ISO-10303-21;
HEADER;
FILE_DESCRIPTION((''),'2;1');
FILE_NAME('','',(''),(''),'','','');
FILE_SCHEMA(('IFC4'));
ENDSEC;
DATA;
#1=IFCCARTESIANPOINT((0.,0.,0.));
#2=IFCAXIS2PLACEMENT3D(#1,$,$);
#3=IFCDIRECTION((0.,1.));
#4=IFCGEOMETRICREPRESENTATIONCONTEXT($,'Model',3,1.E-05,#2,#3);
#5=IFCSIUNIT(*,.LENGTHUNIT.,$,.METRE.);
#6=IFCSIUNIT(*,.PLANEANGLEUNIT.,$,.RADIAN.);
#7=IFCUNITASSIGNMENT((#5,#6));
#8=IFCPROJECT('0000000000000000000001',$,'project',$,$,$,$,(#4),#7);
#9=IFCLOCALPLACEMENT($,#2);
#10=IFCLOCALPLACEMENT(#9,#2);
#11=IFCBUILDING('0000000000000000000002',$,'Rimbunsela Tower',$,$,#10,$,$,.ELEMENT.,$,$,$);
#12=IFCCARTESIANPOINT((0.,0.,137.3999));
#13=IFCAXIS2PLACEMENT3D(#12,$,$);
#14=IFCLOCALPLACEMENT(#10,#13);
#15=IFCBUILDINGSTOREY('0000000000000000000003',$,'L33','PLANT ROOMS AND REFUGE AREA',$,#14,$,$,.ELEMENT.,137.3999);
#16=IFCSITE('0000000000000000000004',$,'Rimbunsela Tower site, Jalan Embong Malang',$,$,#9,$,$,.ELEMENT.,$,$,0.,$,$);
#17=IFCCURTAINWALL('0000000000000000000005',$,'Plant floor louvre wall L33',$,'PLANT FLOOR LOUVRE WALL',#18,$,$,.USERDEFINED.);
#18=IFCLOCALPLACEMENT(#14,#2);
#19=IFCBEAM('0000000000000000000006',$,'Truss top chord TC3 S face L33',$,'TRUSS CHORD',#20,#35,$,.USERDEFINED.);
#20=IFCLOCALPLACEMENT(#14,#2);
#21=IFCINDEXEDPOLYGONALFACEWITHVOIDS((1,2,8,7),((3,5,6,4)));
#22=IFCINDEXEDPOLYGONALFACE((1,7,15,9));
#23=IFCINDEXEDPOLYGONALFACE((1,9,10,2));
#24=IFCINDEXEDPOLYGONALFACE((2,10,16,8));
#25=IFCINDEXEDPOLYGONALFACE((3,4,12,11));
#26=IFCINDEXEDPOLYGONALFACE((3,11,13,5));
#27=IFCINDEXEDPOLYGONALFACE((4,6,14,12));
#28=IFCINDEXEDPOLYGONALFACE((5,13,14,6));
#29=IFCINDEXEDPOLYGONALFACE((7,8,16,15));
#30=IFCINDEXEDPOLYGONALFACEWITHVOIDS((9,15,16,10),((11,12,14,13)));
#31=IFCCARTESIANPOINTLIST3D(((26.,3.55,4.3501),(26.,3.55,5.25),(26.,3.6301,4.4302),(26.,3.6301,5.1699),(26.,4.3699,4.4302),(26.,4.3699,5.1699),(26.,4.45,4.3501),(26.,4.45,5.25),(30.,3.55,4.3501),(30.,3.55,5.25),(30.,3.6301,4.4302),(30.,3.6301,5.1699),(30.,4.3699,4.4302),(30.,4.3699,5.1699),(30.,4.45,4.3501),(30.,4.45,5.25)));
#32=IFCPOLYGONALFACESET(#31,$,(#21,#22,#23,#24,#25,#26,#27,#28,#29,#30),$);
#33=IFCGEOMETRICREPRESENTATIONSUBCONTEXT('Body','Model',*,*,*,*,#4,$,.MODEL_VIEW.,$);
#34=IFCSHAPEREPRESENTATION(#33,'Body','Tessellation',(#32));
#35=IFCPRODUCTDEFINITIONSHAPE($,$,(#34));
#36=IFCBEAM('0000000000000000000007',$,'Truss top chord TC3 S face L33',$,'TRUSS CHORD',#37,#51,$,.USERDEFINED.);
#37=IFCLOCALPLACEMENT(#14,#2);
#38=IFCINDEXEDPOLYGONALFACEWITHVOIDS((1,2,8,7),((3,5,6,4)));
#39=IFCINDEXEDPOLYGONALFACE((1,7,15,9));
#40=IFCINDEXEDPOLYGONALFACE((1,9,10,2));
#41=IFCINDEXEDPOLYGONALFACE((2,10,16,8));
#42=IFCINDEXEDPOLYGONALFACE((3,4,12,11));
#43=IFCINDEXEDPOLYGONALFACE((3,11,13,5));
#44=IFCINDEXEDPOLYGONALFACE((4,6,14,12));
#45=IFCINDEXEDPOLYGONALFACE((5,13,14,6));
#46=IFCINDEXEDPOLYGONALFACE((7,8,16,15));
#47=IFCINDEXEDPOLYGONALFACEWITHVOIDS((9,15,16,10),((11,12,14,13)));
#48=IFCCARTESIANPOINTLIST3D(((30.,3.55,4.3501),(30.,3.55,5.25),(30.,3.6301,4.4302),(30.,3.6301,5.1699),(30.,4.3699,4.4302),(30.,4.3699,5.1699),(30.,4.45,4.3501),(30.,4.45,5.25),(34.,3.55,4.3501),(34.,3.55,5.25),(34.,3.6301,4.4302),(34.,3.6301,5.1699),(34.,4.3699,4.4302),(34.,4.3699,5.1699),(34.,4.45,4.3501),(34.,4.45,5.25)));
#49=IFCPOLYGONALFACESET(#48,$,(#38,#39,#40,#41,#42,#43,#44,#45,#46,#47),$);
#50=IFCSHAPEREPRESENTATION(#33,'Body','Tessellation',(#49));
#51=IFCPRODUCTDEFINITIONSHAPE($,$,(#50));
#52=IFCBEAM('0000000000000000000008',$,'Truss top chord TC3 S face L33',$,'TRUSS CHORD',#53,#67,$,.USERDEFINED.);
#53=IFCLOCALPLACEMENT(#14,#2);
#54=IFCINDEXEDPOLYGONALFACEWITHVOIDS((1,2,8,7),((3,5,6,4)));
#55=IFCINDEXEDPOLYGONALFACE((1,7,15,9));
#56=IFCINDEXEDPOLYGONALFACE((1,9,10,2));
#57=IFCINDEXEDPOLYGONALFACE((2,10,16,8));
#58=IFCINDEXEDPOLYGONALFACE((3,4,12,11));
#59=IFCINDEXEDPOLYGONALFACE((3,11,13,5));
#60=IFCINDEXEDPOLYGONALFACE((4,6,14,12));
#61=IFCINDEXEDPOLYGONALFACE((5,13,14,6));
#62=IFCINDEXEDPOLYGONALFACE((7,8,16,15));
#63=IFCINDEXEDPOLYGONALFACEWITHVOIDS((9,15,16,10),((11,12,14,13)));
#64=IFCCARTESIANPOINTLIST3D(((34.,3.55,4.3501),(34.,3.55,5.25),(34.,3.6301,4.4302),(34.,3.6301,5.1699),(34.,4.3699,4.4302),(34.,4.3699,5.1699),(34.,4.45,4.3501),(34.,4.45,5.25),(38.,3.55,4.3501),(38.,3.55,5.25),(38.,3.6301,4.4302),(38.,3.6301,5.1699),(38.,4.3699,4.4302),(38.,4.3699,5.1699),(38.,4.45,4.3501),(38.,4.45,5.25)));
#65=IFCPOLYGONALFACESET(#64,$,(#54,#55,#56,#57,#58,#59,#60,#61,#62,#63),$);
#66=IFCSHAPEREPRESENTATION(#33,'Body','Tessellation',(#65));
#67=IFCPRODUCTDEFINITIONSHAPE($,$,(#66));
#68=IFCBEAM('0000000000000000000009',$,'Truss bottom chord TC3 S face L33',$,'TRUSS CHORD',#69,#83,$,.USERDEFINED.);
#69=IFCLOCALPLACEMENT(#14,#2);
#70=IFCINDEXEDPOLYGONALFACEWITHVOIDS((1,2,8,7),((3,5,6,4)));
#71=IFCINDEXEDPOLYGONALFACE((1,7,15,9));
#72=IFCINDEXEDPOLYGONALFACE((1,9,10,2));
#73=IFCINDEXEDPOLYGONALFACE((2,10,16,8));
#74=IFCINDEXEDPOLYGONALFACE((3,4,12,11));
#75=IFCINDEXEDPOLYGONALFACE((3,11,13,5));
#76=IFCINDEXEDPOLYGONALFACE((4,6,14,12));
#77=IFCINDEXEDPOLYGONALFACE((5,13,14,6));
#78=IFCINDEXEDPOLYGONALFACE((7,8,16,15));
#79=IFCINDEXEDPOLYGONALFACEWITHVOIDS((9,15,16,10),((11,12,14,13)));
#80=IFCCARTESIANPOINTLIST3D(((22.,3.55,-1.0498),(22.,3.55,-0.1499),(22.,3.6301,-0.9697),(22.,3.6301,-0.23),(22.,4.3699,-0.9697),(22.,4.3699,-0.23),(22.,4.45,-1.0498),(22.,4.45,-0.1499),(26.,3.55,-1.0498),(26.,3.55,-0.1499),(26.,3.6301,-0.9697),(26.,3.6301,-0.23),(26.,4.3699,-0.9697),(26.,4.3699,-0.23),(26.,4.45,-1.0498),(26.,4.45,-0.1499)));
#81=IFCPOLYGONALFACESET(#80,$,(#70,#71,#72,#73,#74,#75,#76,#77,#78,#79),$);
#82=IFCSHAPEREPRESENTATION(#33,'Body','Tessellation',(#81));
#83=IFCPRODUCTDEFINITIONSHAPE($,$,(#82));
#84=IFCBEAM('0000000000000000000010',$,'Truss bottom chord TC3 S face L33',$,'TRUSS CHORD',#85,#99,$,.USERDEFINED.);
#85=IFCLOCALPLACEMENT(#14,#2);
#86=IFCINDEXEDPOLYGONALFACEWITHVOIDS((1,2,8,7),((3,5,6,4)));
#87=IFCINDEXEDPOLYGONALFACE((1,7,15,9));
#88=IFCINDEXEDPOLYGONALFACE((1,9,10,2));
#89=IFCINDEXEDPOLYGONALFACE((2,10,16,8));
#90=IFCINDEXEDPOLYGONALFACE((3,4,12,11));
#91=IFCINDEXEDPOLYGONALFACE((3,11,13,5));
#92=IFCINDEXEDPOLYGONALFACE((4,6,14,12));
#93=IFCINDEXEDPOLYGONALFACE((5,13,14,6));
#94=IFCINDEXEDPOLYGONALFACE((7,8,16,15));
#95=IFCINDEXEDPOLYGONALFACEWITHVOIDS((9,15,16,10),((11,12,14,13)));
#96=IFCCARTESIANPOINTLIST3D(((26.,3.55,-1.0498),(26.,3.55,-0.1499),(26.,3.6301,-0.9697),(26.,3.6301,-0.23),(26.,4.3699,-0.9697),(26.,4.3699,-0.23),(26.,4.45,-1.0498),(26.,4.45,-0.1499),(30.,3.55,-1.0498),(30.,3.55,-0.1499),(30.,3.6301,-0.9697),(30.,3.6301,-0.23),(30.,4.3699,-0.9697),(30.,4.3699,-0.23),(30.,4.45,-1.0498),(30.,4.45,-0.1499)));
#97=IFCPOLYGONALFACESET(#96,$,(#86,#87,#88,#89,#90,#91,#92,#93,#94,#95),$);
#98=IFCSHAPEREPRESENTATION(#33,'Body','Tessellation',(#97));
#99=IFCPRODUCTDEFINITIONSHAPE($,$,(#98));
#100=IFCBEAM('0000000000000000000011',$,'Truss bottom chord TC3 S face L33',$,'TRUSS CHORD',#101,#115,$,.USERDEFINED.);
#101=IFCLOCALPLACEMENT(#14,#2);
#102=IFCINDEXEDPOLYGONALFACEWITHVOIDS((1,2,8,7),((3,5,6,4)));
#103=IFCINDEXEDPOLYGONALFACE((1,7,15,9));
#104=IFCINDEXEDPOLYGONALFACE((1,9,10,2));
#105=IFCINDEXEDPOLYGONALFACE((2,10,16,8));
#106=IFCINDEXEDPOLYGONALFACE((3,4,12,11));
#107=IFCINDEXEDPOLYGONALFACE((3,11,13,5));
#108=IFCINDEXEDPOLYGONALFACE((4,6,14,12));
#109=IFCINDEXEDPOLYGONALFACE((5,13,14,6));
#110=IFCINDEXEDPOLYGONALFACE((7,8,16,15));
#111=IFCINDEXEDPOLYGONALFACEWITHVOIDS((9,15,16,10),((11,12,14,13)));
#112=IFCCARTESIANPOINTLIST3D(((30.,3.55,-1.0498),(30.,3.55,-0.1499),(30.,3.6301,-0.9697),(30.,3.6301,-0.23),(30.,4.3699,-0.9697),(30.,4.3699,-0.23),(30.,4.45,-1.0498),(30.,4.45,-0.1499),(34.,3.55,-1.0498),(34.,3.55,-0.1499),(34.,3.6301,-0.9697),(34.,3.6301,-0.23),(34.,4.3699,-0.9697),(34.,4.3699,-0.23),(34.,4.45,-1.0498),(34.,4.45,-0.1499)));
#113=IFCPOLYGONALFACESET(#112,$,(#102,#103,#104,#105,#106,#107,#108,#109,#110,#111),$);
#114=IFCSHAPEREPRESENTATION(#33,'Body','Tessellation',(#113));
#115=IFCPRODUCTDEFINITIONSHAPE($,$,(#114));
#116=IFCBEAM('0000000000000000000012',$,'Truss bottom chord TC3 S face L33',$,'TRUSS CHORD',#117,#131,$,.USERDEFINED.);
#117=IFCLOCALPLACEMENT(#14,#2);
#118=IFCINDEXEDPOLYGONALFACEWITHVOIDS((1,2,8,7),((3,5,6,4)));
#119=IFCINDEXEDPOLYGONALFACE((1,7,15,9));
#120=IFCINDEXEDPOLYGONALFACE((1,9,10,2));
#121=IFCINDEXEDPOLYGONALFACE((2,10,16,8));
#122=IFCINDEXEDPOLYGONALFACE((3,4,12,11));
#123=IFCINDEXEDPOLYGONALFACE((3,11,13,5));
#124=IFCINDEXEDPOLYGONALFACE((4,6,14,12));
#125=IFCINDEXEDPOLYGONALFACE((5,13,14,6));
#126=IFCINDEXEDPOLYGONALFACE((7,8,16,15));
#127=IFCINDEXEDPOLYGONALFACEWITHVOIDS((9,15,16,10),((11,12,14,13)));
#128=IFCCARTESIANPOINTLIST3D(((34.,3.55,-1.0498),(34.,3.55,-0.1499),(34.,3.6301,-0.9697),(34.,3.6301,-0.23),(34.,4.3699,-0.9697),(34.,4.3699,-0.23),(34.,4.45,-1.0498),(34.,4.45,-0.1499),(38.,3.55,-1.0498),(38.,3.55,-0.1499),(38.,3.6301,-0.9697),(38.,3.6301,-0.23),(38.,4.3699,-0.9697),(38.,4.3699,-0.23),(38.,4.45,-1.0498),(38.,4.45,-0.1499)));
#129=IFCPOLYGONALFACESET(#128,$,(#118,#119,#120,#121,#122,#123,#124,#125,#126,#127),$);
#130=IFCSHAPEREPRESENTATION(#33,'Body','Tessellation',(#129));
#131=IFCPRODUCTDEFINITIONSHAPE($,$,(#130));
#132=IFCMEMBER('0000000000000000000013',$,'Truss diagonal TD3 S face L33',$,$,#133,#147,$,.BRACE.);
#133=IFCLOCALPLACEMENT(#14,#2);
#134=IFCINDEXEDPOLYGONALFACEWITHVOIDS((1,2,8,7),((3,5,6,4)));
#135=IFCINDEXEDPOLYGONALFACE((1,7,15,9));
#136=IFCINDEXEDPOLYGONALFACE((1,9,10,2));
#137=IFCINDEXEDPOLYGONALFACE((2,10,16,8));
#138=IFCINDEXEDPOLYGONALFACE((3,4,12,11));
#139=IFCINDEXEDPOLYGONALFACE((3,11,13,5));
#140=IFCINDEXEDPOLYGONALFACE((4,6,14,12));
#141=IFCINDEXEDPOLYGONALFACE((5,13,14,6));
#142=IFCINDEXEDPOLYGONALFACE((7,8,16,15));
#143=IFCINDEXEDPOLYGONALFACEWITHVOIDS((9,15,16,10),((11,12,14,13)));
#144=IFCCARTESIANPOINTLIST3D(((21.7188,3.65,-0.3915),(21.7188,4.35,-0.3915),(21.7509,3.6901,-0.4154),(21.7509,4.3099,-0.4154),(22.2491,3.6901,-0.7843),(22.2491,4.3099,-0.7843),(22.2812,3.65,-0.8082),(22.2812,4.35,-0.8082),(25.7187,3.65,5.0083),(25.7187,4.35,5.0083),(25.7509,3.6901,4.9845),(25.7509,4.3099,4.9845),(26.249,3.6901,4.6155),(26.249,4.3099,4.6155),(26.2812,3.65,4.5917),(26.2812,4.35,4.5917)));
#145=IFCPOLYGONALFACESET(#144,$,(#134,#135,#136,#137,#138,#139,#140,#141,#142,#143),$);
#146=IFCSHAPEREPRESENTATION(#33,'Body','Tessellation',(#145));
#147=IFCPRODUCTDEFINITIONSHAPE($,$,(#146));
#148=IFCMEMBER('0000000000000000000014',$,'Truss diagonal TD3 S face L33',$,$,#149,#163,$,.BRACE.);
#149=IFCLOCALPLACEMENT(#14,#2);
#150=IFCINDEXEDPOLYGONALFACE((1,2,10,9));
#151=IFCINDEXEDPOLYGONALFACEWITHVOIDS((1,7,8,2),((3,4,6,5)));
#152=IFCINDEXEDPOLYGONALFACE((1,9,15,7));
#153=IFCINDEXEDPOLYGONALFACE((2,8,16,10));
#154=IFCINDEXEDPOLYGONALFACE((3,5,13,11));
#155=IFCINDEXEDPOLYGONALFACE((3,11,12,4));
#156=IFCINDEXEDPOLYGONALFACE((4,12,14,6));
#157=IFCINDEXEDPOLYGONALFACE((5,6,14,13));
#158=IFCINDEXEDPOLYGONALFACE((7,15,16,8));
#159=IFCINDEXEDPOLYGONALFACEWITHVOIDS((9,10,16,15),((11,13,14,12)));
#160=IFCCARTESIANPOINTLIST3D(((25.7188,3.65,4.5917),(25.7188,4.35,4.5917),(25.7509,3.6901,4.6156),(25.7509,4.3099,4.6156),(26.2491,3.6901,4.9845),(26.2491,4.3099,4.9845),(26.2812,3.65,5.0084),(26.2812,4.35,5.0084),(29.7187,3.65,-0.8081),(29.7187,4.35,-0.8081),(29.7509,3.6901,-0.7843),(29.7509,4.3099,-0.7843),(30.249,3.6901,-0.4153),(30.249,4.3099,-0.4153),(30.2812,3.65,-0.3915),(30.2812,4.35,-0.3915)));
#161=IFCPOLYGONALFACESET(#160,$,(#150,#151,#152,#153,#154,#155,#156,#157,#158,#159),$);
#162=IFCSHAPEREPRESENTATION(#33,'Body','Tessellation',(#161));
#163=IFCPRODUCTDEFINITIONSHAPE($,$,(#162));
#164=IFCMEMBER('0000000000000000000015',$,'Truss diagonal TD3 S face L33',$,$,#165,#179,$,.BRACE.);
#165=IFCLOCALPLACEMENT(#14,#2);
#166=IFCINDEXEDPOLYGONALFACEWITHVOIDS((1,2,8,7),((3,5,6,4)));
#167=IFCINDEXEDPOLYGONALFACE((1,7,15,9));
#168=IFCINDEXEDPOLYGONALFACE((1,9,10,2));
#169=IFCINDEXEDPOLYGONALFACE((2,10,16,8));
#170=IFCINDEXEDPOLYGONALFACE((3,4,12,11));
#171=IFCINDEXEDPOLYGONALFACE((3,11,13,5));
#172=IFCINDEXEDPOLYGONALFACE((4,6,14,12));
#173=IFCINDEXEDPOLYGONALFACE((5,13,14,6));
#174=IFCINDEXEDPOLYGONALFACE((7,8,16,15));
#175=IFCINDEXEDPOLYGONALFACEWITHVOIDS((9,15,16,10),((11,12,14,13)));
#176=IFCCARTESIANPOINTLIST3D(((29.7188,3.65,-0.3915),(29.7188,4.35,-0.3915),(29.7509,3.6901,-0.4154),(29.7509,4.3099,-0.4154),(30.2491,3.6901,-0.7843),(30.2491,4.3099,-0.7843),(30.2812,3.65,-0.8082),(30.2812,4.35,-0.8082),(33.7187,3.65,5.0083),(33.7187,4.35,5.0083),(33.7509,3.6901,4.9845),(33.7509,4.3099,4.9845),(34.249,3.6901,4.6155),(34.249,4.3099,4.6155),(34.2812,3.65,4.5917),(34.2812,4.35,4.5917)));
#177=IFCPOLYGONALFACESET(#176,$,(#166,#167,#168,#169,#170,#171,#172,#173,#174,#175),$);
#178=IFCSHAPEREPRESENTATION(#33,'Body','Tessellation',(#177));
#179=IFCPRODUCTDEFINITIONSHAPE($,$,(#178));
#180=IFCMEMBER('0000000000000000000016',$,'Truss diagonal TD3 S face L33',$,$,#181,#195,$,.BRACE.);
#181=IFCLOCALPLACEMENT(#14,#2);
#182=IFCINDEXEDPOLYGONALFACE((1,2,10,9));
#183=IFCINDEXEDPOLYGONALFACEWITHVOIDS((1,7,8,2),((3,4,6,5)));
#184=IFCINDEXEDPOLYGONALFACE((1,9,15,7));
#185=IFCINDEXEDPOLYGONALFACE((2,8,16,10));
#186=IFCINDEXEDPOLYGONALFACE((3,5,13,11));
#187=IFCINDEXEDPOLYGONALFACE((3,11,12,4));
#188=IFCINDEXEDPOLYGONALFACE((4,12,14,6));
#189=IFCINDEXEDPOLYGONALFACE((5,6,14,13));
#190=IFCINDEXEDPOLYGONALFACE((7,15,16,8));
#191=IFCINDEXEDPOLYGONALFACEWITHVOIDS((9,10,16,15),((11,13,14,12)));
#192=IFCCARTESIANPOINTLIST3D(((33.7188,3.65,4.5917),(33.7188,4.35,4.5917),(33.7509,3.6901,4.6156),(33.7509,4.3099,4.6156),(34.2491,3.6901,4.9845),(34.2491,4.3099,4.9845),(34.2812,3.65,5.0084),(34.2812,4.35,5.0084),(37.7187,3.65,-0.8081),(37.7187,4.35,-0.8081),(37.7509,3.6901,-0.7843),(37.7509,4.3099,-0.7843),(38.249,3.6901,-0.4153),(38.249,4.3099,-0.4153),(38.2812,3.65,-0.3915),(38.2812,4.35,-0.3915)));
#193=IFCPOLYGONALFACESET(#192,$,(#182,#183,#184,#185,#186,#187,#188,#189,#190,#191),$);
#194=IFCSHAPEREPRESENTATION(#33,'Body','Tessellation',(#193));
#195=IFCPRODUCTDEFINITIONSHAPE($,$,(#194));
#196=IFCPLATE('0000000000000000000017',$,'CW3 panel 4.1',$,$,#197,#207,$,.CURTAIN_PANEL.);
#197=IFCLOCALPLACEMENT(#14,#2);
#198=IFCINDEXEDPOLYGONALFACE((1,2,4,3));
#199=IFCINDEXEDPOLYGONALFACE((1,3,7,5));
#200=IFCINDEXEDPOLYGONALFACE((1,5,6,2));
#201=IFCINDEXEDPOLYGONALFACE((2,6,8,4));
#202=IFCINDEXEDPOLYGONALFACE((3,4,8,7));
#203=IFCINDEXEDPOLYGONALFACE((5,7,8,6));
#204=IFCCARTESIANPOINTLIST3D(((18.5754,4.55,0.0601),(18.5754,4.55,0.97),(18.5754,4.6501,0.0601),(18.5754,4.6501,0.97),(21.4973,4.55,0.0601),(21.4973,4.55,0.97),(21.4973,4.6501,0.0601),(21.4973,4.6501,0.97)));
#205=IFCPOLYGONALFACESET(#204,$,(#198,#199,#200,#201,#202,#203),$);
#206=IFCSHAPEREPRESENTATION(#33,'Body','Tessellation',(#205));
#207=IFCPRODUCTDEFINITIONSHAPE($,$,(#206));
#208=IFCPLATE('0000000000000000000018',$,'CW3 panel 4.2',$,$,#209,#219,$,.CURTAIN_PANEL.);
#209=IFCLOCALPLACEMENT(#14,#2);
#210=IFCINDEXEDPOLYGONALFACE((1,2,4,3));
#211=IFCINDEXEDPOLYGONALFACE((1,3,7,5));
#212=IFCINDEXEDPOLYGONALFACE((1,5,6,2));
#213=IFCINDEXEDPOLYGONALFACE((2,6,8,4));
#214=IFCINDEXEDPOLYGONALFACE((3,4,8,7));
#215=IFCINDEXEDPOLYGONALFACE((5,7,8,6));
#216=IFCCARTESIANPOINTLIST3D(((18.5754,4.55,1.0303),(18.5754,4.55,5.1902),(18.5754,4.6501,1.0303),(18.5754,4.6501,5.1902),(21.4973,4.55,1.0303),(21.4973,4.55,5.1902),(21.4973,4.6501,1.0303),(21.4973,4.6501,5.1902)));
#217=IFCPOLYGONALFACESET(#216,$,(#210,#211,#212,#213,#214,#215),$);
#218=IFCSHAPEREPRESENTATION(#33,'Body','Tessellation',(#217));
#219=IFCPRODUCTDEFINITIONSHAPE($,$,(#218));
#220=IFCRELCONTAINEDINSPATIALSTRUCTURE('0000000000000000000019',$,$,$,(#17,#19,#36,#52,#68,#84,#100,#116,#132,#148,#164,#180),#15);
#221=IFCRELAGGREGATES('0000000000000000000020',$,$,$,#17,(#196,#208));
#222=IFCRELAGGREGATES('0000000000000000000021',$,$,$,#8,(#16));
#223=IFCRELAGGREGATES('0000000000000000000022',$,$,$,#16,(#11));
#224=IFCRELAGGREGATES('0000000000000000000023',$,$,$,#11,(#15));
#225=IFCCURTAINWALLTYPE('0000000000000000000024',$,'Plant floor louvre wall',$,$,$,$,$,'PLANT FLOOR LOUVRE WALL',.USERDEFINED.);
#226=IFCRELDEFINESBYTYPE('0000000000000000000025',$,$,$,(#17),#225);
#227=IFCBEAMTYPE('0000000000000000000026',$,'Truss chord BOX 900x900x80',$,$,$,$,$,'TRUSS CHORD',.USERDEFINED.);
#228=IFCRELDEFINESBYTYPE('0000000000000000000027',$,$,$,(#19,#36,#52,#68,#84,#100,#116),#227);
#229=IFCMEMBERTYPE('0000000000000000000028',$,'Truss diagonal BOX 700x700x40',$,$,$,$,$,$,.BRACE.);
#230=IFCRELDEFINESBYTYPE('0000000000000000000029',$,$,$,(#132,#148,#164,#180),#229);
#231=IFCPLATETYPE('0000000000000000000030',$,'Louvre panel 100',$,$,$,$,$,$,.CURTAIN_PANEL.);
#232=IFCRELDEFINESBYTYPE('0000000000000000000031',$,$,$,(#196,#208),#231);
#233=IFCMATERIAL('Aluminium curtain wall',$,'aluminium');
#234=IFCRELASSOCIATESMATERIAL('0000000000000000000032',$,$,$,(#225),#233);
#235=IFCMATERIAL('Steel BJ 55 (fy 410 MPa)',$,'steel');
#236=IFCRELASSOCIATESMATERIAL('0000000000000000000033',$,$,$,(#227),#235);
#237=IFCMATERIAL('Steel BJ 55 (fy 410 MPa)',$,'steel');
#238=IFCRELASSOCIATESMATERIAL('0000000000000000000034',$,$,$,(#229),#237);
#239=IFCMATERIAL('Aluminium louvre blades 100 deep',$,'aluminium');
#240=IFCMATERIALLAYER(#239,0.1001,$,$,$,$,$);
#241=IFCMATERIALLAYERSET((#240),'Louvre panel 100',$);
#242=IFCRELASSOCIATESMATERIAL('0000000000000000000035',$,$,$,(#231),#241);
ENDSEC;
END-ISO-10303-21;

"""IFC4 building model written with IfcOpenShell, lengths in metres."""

from ifc_helpers import new_model, si_unit, direction, frame, origin, origin_2d, place, context, subcontext, project, spatial, rectangle, hollow_rectangle, extrude, material, layer, layer_set, material_profile, profile_set, type_object, element, aggregate, save


model = new_model("IFC4")

# Units and contexts
model_context = context("Model", 3, precision=1e-05, world=origin(), true_north=direction((0.0, 1.0)))
body_context = subcontext(model_context, "Body", "Model", "MODEL_VIEW")
ifc_project = project(units=[si_unit("LENGTHUNIT", "METRE"), si_unit("PLANEANGLEUNIT", "RADIAN")], contexts=[model_context])

# Site, building, storey
site_placement = place(None, origin())
site = spatial("IfcSite", under=ifc_project, at=site_placement, Name="Rimbunsela Tower site, Jalan Embong Malang", CompositionType="ELEMENT", RefElevation=0.0)
building_placement = place(site_placement, origin())
building = spatial("IfcBuilding", under=site, at=building_placement, Name="Rimbunsela Tower", CompositionType="ELEMENT")
storey_placement = place(building_placement, frame((0.0, 0.0, 137.3999)))
storey = spatial("IfcBuildingStorey", under=building, at=storey_placement, Name="L33", Description="PLANT ROOMS AND REFUGE AREA", CompositionType="ELEMENT", Elevation=137.3999)

# Curtain wall
ifc_material_1 = material(Name="Aluminium curtain wall", Category="aluminium")
curtain_wall_type = type_object("IfcCurtainWallType", Name="Plant floor louvre wall", ElementType="PLANT FLOOR LOUVRE WALL", PredefinedType="USERDEFINED", material=ifc_material_1)
curtain_wall_placement = place(storey_placement, origin())
curtain_wall = element("IfcCurtainWall", 1, at=curtain_wall_placement, inside=storey, type_object=curtain_wall_type, Name="Plant floor louvre wall L33", ObjectType="PLANT FLOOR LOUVRE WALL", PredefinedType="USERDEFINED")

# Beams
ifc_material_2 = material(Name="Steel BJ 55 (fy 410 MPa)", Category="steel")
ifc_material_profile_1 = material_profile(ifc_material_2, hollow_rectangle(XDim=0.8999, YDim=0.8999, WallThickness=0.0801, at=origin_2d()), Name="BOX 900x900x80")
ifc_profile_set_1 = profile_set([ifc_material_profile_1], Name="Steel BJ 55 (fy 410 MPa)")
beam_type_1 = type_object("IfcBeamType", Name="Truss chord BOX 900x900x80", ElementType="TRUSS CHORD", PredefinedType="USERDEFINED", material=ifc_profile_set_1)
for number, where, z_axis, x_axis, name in (
    (2, (26.0, 4.0, 4.8), (1.0, 0.0, 0.0), (0.0, 1.0, 0.0), "Truss top chord TC3 S face L33"),
    (3, (30.0, 4.0, 4.8), (1.0, 0.0, 0.0), (0.0, 1.0, 0.0), "Truss top chord TC3 S face L33"),
    (4, (34.0, 4.0, 4.8), (1.0, 0.0, 0.0), (0.0, 1.0, 0.0), "Truss top chord TC3 S face L33"),
    (5, (22.0, 4.0, -0.5999), (1.0, 0.0, 0.0), (0.0, 1.0, 0.0), "Truss bottom chord TC3 S face L33"),
    (6, (26.0, 4.0, -0.5999), (1.0, 0.0, 0.0), (0.0, 1.0, 0.0), "Truss bottom chord TC3 S face L33"),
    (7, (30.0, 4.0, -0.5999), (1.0, 0.0, 0.0), (0.0, 1.0, 0.0), "Truss bottom chord TC3 S face L33"),
    (8, (34.0, 4.0, -0.5999), (1.0, 0.0, 0.0), (0.0, 1.0, 0.0), "Truss bottom chord TC3 S face L33"),
):
    element("IfcBeam", number, at=place(storey_placement, frame(where, z_axis=z_axis, x_axis=x_axis)), inside=storey, type_object=beam_type_1, Name=name, ObjectType="TRUSS CHORD", PredefinedType="USERDEFINED", context=body_context, shape_type="SweptSolid", body=[
        extrude(hollow_rectangle(XDim=0.8999, YDim=0.8999, WallThickness=0.0801, at=origin_2d()), origin(), (0.0, 0.0, 1.0), 4.0),
    ])

# Members
ifc_material_3 = material(Name="Steel BJ 55 (fy 410 MPa)", Category="steel")
ifc_material_profile_2 = material_profile(ifc_material_3, hollow_rectangle(XDim=0.7, YDim=0.7, WallThickness=0.04, at=origin_2d()), Name="BOX 700x700x40")
ifc_profile_set_2 = profile_set([ifc_material_profile_2], Name="Steel BJ 55 (fy 410 MPa)")
member_type_1 = type_object("IfcMemberType", Name="Truss diagonal BOX 700x700x40", PredefinedType="BRACE", material=ifc_profile_set_2)
for number, where, z_axis, x_axis, name in (
    (9, (22.0, 4.0, -0.5999), (0.595235, 0.0, 0.803552), (0.0, 1.0, 0.0), "Truss diagonal TD3 S face L33"),
    (10, (26.0, 4.0, 4.8), (0.595235, 0.0, -0.803552), (0.0, 1.0, 0.0), "Truss diagonal TD3 S face L33"),
    (11, (30.0, 4.0, -0.5999), (0.595235, 0.0, 0.803552), (0.0, 1.0, 0.0), "Truss diagonal TD3 S face L33"),
    (12, (34.0, 4.0, 4.8), (0.595235, 0.0, -0.803552), (0.0, 1.0, 0.0), "Truss diagonal TD3 S face L33"),
):
    element("IfcMember", number, at=place(storey_placement, frame(where, z_axis=z_axis, x_axis=x_axis)), inside=storey, type_object=member_type_1, Name=name, PredefinedType="BRACE", context=body_context, shape_type="SweptSolid", body=[
        extrude(hollow_rectangle(XDim=0.7, YDim=0.7, WallThickness=0.04, at=origin_2d()), origin(), (0.0, 0.0, 1.0), 6.72),
    ])

# Plates
ifc_material_4 = material(Name="Aluminium louvre blades 100 deep", Category="aluminium")
ifc_layer_1 = layer(ifc_material_4, 0.1001)
ifc_layer_set_1 = layer_set([ifc_layer_1], Name="Louvre panel 100")
plate_type = type_object("IfcPlateType", Name="Louvre panel 100", PredefinedType="CURTAIN_PANEL", material=ifc_layer_set_1)
plate_1_placement = place(storey_placement, frame((20.0364, 4.6001, 0.0601), z_axis=(0.0, 0.0, 1.0), x_axis=(1.0, 0.0, 0.0)))
plate_1 = element("IfcPlate", 13, at=plate_1_placement, type_object=plate_type, Name="CW3 panel 4.1", PredefinedType="CURTAIN_PANEL", context=body_context, shape_type="SweptSolid", body=[
    extrude(rectangle(XDim=2.9219, YDim=0.1001, at=origin_2d()), origin(), (0.0, 0.0, 1.0), 0.9099),
])
plate_2_placement = place(storey_placement, frame((20.0364, 4.6001, 1.0303), z_axis=(0.0, 0.0, 1.0), x_axis=(1.0, 0.0, 0.0)))
plate_2 = element("IfcPlate", 14, at=plate_2_placement, type_object=plate_type, Name="CW3 panel 4.2", PredefinedType="CURTAIN_PANEL", context=body_context, shape_type="SweptSolid", body=[
    extrude(rectangle(XDim=2.9219, YDim=0.1001, at=origin_2d()), origin(), (0.0, 0.0, 1.0), 4.1599),
])
aggregate(curtain_wall, [plate_1, plate_2])

save(model, "model.ifc")
